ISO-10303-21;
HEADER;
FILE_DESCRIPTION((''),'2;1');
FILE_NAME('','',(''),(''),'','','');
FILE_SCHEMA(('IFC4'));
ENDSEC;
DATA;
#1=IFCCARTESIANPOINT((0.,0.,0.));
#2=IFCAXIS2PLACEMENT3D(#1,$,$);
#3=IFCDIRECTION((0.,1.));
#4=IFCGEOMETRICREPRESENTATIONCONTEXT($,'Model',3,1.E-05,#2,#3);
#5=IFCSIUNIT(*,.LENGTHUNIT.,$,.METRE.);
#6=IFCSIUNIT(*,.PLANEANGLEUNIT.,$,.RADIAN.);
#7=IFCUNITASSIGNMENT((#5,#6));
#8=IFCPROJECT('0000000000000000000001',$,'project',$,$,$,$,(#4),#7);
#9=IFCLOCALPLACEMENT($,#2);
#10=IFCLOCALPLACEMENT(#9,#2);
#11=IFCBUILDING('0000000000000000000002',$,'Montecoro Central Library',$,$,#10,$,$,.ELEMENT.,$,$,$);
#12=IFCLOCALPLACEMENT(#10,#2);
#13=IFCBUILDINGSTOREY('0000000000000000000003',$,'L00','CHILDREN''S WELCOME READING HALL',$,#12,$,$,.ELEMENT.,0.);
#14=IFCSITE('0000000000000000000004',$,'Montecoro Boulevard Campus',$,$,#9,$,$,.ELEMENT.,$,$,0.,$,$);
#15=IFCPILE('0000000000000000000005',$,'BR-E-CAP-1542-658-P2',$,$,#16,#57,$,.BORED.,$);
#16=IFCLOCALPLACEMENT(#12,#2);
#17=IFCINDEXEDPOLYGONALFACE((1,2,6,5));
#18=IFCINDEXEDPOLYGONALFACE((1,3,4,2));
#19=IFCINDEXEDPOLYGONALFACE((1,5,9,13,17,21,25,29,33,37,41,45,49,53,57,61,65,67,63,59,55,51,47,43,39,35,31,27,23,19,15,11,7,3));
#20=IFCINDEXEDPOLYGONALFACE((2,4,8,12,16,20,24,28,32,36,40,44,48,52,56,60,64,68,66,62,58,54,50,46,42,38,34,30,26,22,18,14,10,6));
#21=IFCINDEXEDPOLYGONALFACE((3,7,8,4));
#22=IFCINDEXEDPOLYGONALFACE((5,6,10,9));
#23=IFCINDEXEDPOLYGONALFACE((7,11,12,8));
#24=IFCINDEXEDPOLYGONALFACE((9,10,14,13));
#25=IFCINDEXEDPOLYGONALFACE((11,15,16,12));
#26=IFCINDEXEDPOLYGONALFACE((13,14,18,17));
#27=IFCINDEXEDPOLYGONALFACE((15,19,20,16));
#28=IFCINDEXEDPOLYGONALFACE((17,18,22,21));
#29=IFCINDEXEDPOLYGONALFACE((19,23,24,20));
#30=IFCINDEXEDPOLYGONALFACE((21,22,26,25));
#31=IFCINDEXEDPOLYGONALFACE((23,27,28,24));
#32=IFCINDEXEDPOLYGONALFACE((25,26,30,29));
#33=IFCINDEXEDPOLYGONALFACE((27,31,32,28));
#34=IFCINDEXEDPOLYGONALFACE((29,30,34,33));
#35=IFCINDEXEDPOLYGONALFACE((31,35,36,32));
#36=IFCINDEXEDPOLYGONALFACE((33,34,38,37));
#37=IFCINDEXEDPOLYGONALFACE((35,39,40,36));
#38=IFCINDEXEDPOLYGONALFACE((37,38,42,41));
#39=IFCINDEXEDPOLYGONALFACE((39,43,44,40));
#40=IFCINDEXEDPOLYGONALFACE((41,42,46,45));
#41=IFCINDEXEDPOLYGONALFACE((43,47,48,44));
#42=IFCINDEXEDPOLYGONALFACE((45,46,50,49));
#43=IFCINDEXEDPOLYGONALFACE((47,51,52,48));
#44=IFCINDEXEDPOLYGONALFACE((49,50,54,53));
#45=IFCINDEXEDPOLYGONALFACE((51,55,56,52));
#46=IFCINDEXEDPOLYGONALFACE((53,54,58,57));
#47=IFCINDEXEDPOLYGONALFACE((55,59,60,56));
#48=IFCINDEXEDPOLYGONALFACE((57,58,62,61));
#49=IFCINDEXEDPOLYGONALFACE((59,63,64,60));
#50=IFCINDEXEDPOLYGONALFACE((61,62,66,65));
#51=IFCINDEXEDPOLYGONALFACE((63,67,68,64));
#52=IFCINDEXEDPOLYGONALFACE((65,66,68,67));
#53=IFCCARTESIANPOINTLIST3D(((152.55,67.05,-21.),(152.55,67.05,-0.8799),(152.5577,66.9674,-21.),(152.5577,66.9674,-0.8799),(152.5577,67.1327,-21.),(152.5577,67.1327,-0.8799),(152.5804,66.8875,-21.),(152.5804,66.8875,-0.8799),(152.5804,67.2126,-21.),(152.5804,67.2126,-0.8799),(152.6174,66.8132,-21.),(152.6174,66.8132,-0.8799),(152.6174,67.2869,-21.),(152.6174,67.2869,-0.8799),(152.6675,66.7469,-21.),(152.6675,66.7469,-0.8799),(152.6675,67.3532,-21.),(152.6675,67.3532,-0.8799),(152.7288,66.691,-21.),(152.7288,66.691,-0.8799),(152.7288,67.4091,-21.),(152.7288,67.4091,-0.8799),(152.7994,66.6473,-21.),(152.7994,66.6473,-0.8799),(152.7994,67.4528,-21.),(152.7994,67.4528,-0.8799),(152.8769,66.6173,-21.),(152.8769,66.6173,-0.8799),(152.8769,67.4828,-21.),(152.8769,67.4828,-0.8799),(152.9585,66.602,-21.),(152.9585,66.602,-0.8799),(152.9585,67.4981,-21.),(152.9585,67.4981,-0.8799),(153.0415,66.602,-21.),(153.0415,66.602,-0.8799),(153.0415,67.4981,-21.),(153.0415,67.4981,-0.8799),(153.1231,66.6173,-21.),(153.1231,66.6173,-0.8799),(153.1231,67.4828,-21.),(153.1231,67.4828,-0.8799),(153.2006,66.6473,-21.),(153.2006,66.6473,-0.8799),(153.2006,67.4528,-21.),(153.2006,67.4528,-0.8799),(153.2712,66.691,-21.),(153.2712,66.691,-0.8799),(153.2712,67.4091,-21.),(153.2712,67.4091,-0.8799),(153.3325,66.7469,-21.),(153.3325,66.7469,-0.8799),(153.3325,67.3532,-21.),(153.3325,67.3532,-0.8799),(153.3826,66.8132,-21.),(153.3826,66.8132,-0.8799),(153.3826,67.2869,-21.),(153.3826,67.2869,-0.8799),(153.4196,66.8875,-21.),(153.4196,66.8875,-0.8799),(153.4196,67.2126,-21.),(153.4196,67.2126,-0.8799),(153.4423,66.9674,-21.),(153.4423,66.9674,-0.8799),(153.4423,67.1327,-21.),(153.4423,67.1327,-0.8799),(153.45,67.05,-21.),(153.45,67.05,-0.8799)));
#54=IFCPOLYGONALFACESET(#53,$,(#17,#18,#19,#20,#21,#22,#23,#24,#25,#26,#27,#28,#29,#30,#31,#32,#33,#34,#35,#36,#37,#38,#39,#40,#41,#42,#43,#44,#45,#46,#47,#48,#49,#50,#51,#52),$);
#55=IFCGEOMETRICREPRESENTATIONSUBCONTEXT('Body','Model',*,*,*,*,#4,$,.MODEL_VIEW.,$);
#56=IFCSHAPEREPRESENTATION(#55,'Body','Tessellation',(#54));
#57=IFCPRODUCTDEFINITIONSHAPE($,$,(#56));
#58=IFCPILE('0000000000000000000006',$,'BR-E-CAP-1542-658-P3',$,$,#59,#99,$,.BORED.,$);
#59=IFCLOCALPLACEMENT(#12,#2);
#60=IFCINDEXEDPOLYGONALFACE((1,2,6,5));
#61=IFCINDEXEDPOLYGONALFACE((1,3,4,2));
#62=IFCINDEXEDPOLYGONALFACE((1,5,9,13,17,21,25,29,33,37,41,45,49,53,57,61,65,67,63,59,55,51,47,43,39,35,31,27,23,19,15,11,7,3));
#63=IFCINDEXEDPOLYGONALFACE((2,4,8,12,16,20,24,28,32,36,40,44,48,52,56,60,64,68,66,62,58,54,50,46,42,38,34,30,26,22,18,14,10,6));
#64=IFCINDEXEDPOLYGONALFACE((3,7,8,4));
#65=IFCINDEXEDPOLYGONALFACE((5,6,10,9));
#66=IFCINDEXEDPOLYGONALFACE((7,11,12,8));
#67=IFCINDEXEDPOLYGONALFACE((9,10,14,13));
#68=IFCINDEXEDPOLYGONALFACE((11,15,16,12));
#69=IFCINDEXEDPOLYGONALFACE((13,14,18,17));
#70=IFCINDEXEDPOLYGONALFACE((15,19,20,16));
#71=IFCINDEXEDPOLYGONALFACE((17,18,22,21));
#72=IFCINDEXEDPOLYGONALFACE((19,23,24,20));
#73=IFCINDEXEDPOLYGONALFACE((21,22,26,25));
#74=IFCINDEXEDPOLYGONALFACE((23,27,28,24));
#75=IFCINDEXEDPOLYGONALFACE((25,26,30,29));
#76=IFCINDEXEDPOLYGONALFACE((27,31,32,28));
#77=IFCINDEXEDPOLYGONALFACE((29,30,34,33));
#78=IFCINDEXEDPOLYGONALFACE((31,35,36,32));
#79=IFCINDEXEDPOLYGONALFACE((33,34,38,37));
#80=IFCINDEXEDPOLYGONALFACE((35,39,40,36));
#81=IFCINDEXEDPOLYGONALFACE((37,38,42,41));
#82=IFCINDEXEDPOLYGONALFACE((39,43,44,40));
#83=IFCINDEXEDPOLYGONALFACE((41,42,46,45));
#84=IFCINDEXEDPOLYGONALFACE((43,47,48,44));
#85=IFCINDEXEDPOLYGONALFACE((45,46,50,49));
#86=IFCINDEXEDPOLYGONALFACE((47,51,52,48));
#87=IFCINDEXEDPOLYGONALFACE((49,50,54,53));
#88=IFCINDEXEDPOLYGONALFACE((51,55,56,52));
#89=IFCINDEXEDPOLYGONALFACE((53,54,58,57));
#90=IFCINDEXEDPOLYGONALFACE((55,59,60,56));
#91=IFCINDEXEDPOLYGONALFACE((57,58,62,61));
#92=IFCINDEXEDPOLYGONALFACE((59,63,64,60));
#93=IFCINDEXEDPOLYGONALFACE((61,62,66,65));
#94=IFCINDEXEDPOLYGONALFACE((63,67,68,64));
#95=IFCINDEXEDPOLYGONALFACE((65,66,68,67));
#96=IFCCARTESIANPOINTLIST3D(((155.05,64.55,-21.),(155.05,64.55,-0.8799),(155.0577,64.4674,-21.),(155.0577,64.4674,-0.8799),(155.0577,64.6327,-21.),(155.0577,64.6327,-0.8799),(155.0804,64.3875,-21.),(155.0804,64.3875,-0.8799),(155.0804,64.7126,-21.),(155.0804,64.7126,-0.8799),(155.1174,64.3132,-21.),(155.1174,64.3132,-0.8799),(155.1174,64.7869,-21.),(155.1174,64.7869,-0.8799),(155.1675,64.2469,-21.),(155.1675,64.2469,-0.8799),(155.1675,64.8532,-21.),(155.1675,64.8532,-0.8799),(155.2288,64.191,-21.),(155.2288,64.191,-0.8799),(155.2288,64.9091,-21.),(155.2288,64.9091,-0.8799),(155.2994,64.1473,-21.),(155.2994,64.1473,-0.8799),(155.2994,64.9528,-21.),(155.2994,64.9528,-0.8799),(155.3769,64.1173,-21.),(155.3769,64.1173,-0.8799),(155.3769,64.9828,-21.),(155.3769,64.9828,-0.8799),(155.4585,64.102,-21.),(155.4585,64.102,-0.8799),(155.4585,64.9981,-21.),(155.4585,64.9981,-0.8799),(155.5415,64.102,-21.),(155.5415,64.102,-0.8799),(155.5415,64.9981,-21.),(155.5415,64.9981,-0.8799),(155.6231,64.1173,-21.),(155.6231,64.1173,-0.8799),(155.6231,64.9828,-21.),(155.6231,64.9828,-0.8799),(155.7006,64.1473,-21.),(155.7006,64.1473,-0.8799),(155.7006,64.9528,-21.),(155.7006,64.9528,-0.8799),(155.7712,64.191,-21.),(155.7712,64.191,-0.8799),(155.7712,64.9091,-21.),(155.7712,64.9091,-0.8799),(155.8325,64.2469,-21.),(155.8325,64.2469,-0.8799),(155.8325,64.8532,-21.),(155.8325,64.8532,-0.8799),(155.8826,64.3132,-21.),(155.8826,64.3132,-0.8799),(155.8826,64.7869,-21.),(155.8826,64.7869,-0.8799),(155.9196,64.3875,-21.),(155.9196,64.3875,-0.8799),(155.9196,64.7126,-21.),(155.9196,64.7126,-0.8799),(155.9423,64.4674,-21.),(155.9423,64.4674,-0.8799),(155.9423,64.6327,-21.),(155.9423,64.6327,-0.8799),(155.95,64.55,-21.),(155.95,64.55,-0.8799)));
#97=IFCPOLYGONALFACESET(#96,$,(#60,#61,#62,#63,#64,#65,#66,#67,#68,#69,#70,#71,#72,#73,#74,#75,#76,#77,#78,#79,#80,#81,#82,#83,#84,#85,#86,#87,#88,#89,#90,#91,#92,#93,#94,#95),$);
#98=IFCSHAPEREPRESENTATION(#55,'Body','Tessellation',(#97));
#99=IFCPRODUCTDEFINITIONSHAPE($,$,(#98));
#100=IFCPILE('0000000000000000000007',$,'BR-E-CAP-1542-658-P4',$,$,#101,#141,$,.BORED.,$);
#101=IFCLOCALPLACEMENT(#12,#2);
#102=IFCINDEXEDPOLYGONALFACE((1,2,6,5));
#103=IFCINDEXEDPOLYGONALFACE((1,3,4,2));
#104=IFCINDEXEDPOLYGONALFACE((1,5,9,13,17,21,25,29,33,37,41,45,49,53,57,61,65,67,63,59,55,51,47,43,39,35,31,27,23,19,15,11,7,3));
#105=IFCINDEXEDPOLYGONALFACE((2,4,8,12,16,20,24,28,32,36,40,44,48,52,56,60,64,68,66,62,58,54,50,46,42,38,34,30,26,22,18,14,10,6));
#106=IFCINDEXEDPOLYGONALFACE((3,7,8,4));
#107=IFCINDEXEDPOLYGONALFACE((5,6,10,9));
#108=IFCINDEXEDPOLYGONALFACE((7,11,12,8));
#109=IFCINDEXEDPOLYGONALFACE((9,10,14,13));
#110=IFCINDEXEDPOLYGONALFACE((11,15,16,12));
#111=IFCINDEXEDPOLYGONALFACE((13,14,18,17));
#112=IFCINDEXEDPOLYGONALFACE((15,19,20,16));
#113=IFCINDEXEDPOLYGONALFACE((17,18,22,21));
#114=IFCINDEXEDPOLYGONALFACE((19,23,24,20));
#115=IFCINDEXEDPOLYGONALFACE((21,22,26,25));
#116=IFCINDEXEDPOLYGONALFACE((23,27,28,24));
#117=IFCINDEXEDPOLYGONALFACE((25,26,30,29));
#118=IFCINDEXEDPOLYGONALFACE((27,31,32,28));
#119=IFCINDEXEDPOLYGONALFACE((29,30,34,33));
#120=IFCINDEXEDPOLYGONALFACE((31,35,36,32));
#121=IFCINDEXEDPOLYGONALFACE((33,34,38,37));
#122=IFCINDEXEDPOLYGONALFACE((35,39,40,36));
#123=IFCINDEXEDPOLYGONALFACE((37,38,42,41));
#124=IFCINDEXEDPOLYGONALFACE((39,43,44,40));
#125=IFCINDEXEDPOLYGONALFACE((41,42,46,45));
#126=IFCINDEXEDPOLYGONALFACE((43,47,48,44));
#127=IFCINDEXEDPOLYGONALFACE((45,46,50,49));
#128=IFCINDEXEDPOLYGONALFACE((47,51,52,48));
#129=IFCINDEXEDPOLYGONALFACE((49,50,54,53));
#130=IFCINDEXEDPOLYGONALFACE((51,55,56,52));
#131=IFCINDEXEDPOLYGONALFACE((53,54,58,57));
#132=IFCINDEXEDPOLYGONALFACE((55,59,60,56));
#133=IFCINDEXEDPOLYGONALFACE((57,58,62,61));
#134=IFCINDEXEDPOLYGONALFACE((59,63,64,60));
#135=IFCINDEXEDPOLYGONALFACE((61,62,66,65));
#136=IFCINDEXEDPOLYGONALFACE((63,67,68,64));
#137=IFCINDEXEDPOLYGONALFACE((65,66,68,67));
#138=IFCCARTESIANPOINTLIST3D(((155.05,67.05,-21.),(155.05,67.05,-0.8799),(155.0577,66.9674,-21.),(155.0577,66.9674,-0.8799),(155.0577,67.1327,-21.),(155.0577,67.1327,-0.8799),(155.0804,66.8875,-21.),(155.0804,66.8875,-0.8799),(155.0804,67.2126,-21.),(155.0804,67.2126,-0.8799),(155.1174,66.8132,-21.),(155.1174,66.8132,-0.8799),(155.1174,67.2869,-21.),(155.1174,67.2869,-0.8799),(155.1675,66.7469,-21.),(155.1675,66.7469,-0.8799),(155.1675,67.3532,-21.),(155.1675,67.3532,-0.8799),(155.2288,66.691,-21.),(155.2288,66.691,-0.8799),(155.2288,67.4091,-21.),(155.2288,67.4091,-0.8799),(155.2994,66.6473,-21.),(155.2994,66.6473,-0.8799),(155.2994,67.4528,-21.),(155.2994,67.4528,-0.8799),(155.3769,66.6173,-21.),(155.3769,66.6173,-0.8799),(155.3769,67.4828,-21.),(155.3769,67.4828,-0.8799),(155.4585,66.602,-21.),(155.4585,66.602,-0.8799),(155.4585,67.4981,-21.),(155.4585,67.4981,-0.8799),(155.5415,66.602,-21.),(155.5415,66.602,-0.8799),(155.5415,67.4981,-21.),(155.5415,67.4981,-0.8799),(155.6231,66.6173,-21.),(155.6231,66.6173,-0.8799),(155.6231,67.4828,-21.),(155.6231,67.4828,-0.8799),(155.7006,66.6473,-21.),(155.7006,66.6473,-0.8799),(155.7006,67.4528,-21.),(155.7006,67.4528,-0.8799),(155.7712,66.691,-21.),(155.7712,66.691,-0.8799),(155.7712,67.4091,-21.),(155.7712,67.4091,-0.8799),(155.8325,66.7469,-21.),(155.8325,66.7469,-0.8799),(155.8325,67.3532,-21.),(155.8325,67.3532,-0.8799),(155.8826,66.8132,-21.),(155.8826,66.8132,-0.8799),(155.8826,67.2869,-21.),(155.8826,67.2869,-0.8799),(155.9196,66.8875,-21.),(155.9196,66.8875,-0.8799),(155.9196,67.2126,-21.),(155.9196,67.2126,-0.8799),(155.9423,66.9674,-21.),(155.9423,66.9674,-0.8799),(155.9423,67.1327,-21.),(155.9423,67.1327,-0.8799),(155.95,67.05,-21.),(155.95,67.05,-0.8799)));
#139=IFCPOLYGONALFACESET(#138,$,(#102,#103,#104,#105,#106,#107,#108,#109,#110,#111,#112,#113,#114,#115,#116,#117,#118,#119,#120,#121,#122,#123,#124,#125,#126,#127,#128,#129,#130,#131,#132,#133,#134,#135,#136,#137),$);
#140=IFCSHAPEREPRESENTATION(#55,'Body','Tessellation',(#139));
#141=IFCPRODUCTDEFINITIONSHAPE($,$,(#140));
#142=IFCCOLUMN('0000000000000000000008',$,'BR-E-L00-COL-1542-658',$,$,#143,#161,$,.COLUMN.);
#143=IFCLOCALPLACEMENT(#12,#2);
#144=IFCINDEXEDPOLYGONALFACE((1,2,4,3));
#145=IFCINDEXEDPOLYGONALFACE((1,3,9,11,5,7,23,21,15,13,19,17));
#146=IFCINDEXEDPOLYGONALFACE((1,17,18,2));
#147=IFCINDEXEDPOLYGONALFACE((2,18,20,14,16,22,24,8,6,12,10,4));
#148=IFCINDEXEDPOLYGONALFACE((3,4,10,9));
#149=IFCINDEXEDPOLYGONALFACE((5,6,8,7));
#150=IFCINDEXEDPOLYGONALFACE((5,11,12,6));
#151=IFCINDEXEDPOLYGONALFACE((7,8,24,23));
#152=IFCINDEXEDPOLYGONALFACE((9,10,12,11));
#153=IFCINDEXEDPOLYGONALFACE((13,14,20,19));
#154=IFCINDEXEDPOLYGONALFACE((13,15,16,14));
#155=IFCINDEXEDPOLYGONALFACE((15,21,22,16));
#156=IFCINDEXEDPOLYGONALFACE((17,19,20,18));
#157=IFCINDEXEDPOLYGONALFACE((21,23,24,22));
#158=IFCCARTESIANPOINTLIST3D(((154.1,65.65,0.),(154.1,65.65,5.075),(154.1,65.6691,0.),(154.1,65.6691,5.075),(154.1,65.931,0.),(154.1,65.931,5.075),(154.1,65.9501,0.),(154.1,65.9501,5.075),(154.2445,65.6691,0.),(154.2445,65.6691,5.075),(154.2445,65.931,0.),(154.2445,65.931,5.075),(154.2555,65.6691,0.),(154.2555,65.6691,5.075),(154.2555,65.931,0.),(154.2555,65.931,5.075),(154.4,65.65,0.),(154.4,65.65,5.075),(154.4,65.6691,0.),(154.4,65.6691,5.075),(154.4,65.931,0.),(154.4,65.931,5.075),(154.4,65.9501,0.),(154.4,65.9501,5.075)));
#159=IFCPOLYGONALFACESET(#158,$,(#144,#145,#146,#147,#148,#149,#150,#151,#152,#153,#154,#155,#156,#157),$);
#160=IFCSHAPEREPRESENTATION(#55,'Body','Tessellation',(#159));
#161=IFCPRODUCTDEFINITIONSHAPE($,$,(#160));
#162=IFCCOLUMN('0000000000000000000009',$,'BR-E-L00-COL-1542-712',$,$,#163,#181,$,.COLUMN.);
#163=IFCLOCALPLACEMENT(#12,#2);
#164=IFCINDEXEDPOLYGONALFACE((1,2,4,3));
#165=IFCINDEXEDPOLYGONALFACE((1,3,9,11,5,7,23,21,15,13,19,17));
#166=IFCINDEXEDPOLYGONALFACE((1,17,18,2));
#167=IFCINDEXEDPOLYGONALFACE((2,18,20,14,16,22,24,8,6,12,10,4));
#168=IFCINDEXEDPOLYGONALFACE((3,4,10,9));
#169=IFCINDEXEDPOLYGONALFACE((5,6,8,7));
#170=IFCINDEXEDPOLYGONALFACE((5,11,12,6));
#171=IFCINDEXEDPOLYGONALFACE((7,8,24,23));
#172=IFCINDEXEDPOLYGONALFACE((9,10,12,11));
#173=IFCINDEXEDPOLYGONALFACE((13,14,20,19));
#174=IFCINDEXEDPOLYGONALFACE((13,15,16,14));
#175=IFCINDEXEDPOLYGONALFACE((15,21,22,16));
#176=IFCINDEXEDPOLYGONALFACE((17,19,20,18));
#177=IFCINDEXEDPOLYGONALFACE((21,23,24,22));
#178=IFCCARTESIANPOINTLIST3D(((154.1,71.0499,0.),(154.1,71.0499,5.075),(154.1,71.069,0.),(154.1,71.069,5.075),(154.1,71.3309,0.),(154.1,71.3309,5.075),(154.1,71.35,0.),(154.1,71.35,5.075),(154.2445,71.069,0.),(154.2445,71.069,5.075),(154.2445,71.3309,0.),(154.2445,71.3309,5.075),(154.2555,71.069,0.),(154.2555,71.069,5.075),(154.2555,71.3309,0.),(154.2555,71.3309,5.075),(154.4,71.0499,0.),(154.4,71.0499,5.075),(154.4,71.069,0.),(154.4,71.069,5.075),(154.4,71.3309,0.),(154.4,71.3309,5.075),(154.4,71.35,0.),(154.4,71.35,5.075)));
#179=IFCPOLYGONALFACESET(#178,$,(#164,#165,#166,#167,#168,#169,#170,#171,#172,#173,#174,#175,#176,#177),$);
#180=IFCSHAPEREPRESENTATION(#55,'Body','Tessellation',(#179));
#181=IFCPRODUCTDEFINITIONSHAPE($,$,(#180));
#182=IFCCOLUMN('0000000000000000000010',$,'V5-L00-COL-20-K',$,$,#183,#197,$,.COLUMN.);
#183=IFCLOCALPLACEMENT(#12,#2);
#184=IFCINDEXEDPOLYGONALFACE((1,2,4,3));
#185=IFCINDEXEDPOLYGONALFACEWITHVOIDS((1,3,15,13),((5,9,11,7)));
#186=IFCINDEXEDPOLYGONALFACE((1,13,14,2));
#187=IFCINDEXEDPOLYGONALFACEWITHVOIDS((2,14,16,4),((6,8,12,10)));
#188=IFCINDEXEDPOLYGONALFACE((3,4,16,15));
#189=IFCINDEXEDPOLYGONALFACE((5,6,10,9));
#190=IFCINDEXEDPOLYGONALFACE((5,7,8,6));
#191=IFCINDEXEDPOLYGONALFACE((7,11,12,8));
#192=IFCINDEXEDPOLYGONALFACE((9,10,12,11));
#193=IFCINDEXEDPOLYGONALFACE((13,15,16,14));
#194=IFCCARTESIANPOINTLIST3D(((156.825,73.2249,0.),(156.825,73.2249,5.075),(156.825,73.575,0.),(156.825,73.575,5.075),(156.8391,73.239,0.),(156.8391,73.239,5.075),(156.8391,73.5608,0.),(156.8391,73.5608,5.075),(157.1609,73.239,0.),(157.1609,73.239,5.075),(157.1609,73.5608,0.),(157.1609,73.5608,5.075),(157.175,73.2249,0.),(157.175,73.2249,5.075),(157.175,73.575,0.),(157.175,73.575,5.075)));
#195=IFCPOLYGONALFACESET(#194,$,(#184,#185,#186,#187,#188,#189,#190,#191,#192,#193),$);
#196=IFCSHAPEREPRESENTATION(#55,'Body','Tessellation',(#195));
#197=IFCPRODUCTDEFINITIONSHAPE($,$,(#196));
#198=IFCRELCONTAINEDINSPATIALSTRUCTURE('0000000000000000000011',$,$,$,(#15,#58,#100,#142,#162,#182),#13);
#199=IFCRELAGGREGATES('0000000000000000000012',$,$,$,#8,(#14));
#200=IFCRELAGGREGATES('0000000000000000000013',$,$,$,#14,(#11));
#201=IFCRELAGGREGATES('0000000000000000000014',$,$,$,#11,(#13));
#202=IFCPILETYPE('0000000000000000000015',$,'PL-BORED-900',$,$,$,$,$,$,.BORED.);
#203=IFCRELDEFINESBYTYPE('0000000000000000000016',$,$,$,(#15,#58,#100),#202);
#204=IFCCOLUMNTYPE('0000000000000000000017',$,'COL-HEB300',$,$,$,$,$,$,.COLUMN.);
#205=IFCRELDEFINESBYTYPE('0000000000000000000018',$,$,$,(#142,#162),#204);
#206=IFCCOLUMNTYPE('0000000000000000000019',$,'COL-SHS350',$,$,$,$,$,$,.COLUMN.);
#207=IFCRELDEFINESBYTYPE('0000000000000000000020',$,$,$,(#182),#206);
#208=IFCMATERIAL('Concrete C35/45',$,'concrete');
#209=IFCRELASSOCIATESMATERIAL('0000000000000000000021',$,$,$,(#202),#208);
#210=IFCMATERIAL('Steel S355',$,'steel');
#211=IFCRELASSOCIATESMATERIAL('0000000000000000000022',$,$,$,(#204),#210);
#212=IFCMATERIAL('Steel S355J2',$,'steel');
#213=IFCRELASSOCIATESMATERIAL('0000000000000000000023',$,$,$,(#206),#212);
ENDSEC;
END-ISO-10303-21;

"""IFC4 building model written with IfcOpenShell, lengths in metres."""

from ifc_helpers import new_model, si_unit, direction, frame, origin, origin_2d, place, context, subcontext, project, spatial, hollow_rectangle, circle, i_section, extrude, material, material_profile, profile_set, type_object, element, save


model = new_model("IFC4")

# Units and contexts
model_context = context("Model", 3, precision=1e-05, world=origin(), true_north=direction((0.0, 1.0)))
body_context = subcontext(model_context, "Body", "Model", "MODEL_VIEW")
ifc_project = project(units=[si_unit("LENGTHUNIT", "METRE"), si_unit("PLANEANGLEUNIT", "RADIAN")], contexts=[model_context])

# Site, building, storey
site_placement = place(None, origin())
site = spatial("IfcSite", under=ifc_project, at=site_placement, Name="Montecoro Boulevard Campus", CompositionType="ELEMENT", RefElevation=0.0)
building_placement = place(site_placement, origin())
building = spatial("IfcBuilding", under=site, at=building_placement, Name="Montecoro Central Library", CompositionType="ELEMENT")
storey_placement = place(building_placement, origin())
storey = spatial("IfcBuildingStorey", under=building, at=storey_placement, Name="L00", Description="CHILDREN'S WELCOME READING HALL", CompositionType="ELEMENT", Elevation=0.0)

# Shared definitions
ifc_material_1 = material(Name="Concrete C35/45", Category="concrete")

# Piles
ifc_material_profile_1 = material_profile(ifc_material_1, circle(Radius=0.45, at=origin_2d()), Name="PILE D900")
ifc_profile_set_1 = profile_set([ifc_material_profile_1], Name="Concrete C35/45")
pile_type_1 = type_object("IfcPileType", Name="PL-BORED-900", PredefinedType="BORED", material=ifc_profile_set_1)
for number, where, z_axis, x_axis, name in (
    (1, (153.0, 67.05, -0.8799), (0.0, 0.0, -1.0), (1.0, 0.0, 0.0), "BR-E-CAP-1542-658-P2"),
    (2, (155.5, 64.55, -0.8799), (0.0, 0.0, -1.0), (1.0, 0.0, 0.0), "BR-E-CAP-1542-658-P3"),
    (3, (155.5, 67.05, -0.8799), (0.0, 0.0, -1.0), (1.0, 0.0, 0.0), "BR-E-CAP-1542-658-P4"),
):
    element("IfcPile", number, at=place(storey_placement, frame(where, z_axis=z_axis, x_axis=x_axis)), inside=storey, type_object=pile_type_1, Name=name, PredefinedType="BORED", context=body_context, shape_type="SweptSolid", body=[
        extrude(circle(Radius=0.45, at=origin_2d()), origin(), (0.0, 0.0, 1.0), 20.1201),
    ])

# Columns
ifc_material_2 = material(Name="Steel S355", Category="steel")
ifc_material_profile_2 = material_profile(ifc_material_2, i_section(OverallWidth=0.3, OverallDepth=0.3, WebThickness=0.011, FlangeThickness=0.019, at=origin_2d()), Name="HEB 300")
ifc_profile_set_2 = profile_set([ifc_material_profile_2], Name="Steel S355")
column_type_1 = type_object("IfcColumnType", Name="COL-HEB300", PredefinedType="COLUMN", material=ifc_profile_set_2)
for number, where, z_axis, x_axis, name in (
    (4, (154.25, 65.8, 0.0), (0.0, 0.0, 1.0), (1.0, 0.0, 0.0), "BR-E-L00-COL-1542-658"),
    (5, (154.25, 71.2, 0.0), (0.0, 0.0, 1.0), (1.0, 0.0, 0.0), "BR-E-L00-COL-1542-712"),
):
    element("IfcColumn", number, at=place(storey_placement, frame(where, z_axis=z_axis, x_axis=x_axis)), inside=storey, type_object=column_type_1, Name=name, PredefinedType="COLUMN", context=body_context, shape_type="SweptSolid", body=[
        extrude(i_section(OverallWidth=0.3, OverallDepth=0.3, WebThickness=0.011, FlangeThickness=0.019, at=origin_2d()), origin(), (0.0, 0.0, 1.0), 5.075),
    ])
ifc_material_3 = material(Name="Steel S355J2", Category="steel")
ifc_material_profile_3 = material_profile(ifc_material_3, hollow_rectangle(XDim=0.3501, YDim=0.3501, WallThickness=0.0142, at=origin_2d()), Name="SHS 350x350x14.2")
ifc_profile_set_3 = profile_set([ifc_material_profile_3], Name="Steel S355J2")
column_type_2 = type_object("IfcColumnType", Name="COL-SHS350", PredefinedType="COLUMN", material=ifc_profile_set_3)
column_placement = place(storey_placement, frame((157.0, 73.3999, 0.0), z_axis=(0.0, 0.0, 1.0), x_axis=(1.0, 0.0, 0.0)))
element("IfcColumn", 6, at=column_placement, inside=storey, type_object=column_type_2, Name="V5-L00-COL-20-K", PredefinedType="COLUMN", context=body_context, shape_type="SweptSolid", body=[
    extrude(hollow_rectangle(XDim=0.3501, YDim=0.3501, WallThickness=0.0142, at=origin_2d()), origin(), (0.0, 0.0, 1.0), 5.075),
])

save(model, "model.ifc")
